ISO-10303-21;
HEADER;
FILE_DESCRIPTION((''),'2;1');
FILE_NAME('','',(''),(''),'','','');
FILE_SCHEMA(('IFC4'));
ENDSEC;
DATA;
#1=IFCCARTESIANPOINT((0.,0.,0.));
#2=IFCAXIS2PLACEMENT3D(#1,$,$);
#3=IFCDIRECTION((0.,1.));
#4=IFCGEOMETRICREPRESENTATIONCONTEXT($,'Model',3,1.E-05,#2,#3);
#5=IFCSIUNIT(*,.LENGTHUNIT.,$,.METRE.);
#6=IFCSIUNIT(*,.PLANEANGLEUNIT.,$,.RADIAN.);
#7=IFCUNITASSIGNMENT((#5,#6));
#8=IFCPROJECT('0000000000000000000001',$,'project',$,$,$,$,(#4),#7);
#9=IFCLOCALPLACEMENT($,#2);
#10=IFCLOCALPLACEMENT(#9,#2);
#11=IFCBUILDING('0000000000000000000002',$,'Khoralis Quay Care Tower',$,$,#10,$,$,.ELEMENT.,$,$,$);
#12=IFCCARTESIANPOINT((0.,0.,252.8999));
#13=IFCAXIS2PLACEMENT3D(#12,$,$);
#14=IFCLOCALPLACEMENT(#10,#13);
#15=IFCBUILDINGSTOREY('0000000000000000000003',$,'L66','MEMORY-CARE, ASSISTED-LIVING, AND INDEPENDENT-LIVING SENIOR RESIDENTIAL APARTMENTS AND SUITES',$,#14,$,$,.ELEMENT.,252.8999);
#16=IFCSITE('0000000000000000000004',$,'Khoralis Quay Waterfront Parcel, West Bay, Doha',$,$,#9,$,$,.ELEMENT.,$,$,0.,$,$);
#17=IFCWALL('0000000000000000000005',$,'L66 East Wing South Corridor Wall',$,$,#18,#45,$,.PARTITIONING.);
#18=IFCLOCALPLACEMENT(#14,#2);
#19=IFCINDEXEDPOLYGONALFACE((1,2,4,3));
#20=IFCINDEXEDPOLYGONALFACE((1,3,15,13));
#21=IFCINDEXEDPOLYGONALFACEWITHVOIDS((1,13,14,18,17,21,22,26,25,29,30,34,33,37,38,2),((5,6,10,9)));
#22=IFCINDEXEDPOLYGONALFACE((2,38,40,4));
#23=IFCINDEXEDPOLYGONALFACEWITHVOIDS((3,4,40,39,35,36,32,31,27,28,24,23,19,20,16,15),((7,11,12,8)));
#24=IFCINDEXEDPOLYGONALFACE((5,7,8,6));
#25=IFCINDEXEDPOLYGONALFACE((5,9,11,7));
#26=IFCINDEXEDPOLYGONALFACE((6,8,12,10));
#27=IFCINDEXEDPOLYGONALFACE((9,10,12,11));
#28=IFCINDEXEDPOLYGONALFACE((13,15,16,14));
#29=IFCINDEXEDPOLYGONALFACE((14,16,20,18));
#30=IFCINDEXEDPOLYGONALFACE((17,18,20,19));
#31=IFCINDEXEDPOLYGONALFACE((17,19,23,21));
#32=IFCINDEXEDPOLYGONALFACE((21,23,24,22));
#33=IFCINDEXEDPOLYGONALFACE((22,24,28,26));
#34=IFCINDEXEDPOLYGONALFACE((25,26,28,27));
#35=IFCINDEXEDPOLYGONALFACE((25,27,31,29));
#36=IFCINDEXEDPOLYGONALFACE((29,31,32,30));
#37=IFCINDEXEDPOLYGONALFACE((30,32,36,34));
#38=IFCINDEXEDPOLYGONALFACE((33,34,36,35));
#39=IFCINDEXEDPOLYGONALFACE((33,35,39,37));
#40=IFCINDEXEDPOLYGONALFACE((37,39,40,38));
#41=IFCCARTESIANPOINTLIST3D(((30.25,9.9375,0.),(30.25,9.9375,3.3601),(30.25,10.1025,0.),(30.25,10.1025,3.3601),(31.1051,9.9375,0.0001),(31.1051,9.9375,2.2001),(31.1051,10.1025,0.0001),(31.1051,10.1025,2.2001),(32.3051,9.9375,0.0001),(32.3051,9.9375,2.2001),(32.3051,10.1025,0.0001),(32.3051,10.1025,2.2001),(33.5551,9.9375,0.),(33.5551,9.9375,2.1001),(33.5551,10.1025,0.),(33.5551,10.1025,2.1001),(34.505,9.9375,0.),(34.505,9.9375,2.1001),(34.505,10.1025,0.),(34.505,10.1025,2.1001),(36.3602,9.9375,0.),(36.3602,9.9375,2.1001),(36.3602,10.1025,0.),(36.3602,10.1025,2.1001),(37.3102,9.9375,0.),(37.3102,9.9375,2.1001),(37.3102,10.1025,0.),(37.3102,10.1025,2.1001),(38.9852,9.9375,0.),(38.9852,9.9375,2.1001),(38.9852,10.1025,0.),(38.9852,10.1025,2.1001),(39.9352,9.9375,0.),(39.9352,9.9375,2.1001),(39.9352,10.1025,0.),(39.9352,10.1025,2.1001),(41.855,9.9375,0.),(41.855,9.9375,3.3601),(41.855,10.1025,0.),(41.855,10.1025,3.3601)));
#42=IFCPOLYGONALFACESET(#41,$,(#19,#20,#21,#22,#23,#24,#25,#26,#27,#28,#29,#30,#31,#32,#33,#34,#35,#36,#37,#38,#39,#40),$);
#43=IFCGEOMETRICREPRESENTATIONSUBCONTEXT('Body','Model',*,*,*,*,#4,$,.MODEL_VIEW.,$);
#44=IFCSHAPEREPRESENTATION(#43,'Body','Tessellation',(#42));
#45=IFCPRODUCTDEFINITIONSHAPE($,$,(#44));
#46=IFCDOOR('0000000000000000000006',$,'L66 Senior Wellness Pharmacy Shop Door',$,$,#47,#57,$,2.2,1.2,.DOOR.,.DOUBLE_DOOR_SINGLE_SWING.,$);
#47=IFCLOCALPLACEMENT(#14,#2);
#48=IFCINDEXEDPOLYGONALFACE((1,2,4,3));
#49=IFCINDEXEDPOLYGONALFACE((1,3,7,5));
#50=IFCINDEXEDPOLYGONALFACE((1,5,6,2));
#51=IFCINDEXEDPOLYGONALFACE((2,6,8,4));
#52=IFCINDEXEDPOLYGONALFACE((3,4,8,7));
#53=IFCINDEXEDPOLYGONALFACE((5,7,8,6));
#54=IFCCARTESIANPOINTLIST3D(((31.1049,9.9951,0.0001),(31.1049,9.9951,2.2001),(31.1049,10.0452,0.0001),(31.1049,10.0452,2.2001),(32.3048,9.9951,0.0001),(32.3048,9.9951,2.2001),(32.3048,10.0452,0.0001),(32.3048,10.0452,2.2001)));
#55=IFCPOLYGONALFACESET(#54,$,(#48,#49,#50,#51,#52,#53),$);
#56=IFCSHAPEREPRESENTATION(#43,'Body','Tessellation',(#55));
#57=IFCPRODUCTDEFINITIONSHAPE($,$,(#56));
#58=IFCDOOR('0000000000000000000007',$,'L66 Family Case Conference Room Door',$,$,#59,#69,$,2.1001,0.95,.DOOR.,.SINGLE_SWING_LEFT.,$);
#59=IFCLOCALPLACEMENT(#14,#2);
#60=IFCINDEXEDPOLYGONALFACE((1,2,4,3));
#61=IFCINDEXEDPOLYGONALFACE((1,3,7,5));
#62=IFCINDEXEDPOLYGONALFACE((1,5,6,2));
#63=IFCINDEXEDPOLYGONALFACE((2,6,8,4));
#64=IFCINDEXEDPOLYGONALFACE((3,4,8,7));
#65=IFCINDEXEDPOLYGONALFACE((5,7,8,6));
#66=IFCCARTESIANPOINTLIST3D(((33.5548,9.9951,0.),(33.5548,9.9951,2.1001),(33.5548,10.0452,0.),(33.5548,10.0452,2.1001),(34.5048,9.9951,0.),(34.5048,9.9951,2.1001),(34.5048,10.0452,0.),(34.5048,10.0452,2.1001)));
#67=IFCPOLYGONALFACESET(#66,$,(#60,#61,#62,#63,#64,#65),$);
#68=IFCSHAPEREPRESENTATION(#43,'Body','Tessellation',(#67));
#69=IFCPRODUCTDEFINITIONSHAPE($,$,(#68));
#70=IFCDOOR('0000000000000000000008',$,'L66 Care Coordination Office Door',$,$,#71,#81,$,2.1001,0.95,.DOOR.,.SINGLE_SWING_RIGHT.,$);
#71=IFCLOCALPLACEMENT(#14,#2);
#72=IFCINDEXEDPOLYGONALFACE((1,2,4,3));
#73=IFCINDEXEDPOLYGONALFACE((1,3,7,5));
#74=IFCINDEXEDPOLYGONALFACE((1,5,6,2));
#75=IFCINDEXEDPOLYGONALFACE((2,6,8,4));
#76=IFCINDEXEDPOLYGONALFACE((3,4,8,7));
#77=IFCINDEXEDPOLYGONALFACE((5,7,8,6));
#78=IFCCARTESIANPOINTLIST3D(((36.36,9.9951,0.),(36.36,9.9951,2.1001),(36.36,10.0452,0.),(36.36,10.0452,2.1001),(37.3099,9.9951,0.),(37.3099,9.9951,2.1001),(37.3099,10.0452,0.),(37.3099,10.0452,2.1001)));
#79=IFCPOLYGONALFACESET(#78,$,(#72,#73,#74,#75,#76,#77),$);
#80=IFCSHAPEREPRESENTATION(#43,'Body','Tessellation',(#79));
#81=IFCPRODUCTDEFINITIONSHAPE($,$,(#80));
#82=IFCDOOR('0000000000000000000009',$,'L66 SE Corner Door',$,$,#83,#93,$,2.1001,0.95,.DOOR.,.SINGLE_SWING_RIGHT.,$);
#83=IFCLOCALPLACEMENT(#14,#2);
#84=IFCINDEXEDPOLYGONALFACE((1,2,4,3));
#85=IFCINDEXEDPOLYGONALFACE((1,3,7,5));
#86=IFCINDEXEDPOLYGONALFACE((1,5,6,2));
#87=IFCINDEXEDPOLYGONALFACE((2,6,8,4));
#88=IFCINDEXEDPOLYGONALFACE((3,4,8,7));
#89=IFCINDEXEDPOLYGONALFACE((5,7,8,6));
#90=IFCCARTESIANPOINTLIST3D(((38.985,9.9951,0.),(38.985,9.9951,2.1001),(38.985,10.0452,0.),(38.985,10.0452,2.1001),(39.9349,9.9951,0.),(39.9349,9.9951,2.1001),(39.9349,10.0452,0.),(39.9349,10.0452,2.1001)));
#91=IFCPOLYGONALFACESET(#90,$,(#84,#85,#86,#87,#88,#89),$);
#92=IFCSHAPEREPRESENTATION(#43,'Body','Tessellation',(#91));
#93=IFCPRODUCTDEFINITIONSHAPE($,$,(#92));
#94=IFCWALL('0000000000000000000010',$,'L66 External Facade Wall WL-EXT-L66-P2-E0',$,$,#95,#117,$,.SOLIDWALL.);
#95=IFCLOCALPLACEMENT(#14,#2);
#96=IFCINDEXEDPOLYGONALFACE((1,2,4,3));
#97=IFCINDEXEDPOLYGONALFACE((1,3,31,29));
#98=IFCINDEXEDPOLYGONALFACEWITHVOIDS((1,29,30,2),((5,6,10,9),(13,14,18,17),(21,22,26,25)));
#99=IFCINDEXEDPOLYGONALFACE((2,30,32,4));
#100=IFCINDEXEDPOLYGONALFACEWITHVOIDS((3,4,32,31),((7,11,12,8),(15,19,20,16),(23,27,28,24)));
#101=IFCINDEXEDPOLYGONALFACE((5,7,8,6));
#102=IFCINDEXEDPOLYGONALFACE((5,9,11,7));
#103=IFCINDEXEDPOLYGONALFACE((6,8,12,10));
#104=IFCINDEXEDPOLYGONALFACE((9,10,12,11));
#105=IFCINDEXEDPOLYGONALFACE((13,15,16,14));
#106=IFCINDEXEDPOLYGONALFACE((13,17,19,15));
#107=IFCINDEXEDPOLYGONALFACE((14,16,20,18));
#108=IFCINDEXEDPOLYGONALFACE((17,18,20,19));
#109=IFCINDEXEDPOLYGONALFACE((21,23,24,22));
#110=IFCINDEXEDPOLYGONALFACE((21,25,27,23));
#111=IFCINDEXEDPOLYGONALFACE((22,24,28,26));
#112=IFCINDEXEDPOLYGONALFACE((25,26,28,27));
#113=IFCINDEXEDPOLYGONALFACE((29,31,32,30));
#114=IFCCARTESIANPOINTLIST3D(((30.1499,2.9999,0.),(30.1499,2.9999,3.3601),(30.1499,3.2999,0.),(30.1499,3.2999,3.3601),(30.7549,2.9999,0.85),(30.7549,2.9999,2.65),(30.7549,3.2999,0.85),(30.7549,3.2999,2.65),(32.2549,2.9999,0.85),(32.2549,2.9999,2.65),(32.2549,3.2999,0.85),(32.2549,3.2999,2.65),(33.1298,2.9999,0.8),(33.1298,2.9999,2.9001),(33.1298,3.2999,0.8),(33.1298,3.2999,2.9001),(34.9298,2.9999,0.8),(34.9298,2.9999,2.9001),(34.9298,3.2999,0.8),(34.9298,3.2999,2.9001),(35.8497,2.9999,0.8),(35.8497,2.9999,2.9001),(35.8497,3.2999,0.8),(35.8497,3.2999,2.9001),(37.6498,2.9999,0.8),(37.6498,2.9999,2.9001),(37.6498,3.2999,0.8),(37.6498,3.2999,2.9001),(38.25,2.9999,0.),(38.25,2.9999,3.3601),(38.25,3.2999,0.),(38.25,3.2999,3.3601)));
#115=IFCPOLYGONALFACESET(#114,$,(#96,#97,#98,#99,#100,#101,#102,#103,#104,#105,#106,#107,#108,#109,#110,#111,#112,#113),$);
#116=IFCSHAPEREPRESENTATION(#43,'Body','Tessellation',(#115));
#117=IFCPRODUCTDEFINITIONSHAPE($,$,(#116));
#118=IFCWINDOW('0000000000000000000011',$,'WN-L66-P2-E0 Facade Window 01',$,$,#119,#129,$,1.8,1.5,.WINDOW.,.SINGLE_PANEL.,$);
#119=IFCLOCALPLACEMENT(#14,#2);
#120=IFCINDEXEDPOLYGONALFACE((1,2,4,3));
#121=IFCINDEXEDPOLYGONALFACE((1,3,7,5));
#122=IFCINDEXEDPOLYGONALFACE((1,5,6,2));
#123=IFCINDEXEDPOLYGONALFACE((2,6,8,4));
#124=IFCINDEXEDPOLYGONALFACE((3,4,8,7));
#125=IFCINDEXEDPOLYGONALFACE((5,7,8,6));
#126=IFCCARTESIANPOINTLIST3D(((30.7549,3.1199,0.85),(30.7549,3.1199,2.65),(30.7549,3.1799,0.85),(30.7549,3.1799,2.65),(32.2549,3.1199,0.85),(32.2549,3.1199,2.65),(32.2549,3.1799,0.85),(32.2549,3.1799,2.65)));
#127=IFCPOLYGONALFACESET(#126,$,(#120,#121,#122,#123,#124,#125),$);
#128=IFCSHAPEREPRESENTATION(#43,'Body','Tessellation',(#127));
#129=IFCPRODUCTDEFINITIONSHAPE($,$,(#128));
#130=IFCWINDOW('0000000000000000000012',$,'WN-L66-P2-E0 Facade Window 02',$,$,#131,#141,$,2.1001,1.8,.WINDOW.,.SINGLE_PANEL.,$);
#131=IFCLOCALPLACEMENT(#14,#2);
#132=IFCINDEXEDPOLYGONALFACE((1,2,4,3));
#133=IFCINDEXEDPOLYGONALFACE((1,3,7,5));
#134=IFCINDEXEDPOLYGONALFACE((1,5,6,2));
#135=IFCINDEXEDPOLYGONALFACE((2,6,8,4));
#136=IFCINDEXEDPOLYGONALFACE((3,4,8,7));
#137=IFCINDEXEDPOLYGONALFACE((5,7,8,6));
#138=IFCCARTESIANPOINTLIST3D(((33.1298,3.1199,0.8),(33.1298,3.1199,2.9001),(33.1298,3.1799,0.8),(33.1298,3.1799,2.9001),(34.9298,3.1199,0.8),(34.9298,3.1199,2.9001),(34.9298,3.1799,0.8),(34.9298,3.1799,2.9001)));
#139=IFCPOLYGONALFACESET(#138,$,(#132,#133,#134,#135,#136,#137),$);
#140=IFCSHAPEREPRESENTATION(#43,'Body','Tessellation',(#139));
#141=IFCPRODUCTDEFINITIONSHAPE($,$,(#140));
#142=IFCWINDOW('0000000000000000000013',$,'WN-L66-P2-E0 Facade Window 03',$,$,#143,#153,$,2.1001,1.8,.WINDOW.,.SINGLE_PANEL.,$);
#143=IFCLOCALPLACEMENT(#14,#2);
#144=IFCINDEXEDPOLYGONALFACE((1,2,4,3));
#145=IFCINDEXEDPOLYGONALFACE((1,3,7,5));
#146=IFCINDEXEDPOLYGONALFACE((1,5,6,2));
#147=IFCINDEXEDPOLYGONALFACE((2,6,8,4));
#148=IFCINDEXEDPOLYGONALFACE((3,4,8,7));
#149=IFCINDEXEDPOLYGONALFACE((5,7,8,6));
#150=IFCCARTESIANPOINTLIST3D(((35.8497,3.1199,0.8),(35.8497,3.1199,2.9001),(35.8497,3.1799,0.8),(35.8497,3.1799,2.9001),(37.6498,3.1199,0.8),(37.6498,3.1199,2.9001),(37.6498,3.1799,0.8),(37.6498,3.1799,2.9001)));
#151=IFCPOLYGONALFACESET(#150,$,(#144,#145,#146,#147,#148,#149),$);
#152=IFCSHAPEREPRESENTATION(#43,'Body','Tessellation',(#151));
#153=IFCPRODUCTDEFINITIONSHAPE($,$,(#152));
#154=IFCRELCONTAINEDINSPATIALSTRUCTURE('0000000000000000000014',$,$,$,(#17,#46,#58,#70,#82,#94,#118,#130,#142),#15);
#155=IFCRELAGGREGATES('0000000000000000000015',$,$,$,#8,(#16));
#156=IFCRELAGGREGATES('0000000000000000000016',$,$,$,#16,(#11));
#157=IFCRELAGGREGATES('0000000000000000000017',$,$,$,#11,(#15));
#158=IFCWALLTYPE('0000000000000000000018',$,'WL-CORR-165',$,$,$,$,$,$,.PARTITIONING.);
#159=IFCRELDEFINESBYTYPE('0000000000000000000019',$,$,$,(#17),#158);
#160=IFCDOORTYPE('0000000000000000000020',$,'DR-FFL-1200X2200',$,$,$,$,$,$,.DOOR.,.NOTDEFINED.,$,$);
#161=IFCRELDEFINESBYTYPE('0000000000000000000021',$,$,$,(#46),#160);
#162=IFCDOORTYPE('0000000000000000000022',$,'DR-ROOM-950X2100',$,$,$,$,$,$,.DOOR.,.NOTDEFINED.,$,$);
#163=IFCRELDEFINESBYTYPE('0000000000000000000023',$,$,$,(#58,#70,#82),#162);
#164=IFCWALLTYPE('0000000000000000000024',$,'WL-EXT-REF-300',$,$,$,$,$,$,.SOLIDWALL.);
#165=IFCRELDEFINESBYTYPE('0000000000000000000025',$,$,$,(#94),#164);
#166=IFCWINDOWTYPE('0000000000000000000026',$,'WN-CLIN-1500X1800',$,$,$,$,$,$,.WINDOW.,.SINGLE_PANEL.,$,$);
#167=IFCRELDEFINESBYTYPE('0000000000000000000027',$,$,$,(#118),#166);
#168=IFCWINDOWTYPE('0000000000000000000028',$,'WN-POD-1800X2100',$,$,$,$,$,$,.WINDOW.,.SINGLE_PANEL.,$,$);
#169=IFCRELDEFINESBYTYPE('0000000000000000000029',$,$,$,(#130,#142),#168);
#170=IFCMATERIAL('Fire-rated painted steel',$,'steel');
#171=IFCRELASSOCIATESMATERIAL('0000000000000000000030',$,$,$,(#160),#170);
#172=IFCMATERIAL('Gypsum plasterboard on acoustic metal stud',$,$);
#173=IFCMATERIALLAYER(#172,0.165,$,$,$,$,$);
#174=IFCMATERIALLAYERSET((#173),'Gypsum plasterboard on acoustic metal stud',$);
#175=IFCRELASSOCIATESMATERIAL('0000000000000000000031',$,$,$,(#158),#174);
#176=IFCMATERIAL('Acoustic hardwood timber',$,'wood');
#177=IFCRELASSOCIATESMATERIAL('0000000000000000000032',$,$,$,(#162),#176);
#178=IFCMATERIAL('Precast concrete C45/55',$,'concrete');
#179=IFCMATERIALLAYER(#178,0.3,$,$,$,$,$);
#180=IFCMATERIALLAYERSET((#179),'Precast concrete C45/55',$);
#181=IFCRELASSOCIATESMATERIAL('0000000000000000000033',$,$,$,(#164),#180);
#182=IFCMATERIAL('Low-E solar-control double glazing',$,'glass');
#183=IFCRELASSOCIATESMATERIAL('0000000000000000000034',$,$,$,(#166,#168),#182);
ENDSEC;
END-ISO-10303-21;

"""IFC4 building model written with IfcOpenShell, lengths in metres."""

from ifc_helpers import new_model, si_unit, direction, frame, frame_2d, origin, place, context, subcontext, project, spatial, rectangle, extrude, source, transform, mapped, material, layer, layer_set, type_object, element, fill, save


model = new_model("IFC4")

# Units and contexts
model_context = context("Model", 3, precision=1e-05, world=origin(), true_north=direction((0.0, 1.0)))
body_context = subcontext(model_context, "Body", "Model", "MODEL_VIEW")
ifc_project = project(units=[si_unit("LENGTHUNIT", "METRE"), si_unit("PLANEANGLEUNIT", "RADIAN")], contexts=[model_context])

# Site, building, storey
site_placement = place(None, origin())
site = spatial("IfcSite", under=ifc_project, at=site_placement, Name="Khoralis Quay Waterfront Parcel, West Bay, Doha", CompositionType="ELEMENT", RefElevation=0.0)
building_placement = place(site_placement, origin())
building = spatial("IfcBuilding", under=site, at=building_placement, Name="Khoralis Quay Care Tower", CompositionType="ELEMENT")
storey_placement = place(building_placement, frame((0.0, 0.0, 252.8999)))
storey = spatial("IfcBuildingStorey", under=building, at=storey_placement, Name="L66", Description="MEMORY-CARE, ASSISTED-LIVING, AND INDEPENDENT-LIVING SENIOR RESIDENTIAL APARTMENTS AND SUITES", CompositionType="ELEMENT", Elevation=252.8999)

# Shared definitions
ifc_material_1 = material(Name="Low-E solar-control double glazing", Category="glass")

# Shared definitions
ifc_material_2 = material(Name="Gypsum plasterboard on acoustic metal stud")
ifc_material_3 = material(Name="Fire-rated painted steel", Category="steel")
door_type_1 = type_object("IfcDoorType", Name="DR-FFL-1200X2200", OperationType="NOTDEFINED", PredefinedType="DOOR", material=ifc_material_3)
shared_shape_1 = source(origin(), body_context, "Body", "SweptSolid", [
    extrude(rectangle(XDim=1.2, YDim=2.2, at=frame_2d((0.6001, 1.1001))), frame((0.0, 0.0249, 0.0), z_axis=(0.0, -1.0, 0.0), x_axis=(1.0, 0.0, 0.0)), (0.0, 0.0, 1.0), 0.05),
])

# Wall, openings, doors
ifc_layer_1 = layer(ifc_material_2, 0.165)
ifc_layer_set_1 = layer_set([ifc_layer_1], Name="Gypsum plasterboard on acoustic metal stud")
wall_type_1 = type_object("IfcWallType", Name="WL-CORR-165", PredefinedType="PARTITIONING", material=ifc_layer_set_1)
wall_1_placement = place(storey_placement, frame((30.25, 10.02, 0.0), z_axis=(0.0, 0.0, 1.0), x_axis=(1.0, 0.0, 0.0)))
wall_1 = element("IfcWall", 1, at=wall_1_placement, inside=storey, type_object=wall_type_1, Name="L66 East Wing South Corridor Wall", PredefinedType="PARTITIONING", context=body_context, shape_type="SweptSolid", body=[
    extrude(rectangle(XDim=11.605, YDim=0.165, at=frame_2d((5.8025, 0.0))), origin(), (0.0, 0.0, 1.0), 3.3601),
])
opening_1_placement = place(wall_1_placement, frame((0.855, 0.0, 0.0)))
opening_1 = element("IfcOpeningElement", 2, at=opening_1_placement, cuts=wall_1, PredefinedType="OPENING", context=body_context, shape_type="SweptSolid", body=[
    extrude(rectangle(XDim=1.2, YDim=2.2, at=frame_2d((0.6001, 1.1001))), frame((0.0, 0.0925, 0.0), z_axis=(0.0, -1.0, 0.0), x_axis=(1.0, 0.0, 0.0)), (0.0, 0.0, 1.0), 0.1851),
])
opening_2_placement = place(wall_1_placement, frame((3.3049, 0.0, 0.0)))
opening_2 = element("IfcOpeningElement", 3, at=opening_2_placement, cuts=wall_1, PredefinedType="OPENING", context=body_context, shape_type="SweptSolid", body=[
    extrude(rectangle(XDim=0.95, YDim=2.1001, at=frame_2d((0.4751, 1.05))), frame((0.0, 0.0925, 0.0), z_axis=(0.0, -1.0, 0.0), x_axis=(1.0, 0.0, 0.0)), (0.0, 0.0, 1.0), 0.1851),
])
opening_3_placement = place(wall_1_placement, frame((6.1101, 0.0, 0.0)))
opening_3 = element("IfcOpeningElement", 4, at=opening_3_placement, cuts=wall_1, PredefinedType="OPENING", context=body_context, shape_type="SweptSolid", body=[
    extrude(rectangle(XDim=0.95, YDim=2.1001, at=frame_2d((0.4751, 1.05))), frame((0.0, 0.0925, 0.0), z_axis=(0.0, -1.0, 0.0), x_axis=(1.0, 0.0, 0.0)), (0.0, 0.0, 1.0), 0.1851),
])
opening_4_placement = place(wall_1_placement, frame((8.7351, 0.0, 0.0)))
opening_4 = element("IfcOpeningElement", 5, at=opening_4_placement, cuts=wall_1, PredefinedType="OPENING", context=body_context, shape_type="SweptSolid", body=[
    extrude(rectangle(XDim=0.95, YDim=2.1001, at=frame_2d((0.4751, 1.05))), frame((0.0, 0.0925, 0.0), z_axis=(0.0, -1.0, 0.0), x_axis=(1.0, 0.0, 0.0)), (0.0, 0.0, 1.0), 0.1851),
])
door_1_placement = place(opening_1_placement, frame((1.2, 0.0, 0.0), z_axis=(0.0, 0.0, 1.0), x_axis=(-1.0, 0.0, 0.0)))
door_1 = element("IfcDoor", 6, at=door_1_placement, inside=storey, type_object=door_type_1, Name="L66 Senior Wellness Pharmacy Shop Door", OperationType="DOUBLE_DOOR_SINGLE_SWING", OverallHeight=2.2, OverallWidth=1.2, PredefinedType="DOOR", context=body_context, shape_type="MappedRepresentation", body=[
    mapped(shared_shape_1, transform((0.0, 0.0, 0.0), scale=1.0)),
])
fill(opening_1, door_1)
ifc_material_4 = material(Name="Acoustic hardwood timber", Category="wood")
door_type_2 = type_object("IfcDoorType", Name="DR-ROOM-950X2100", OperationType="NOTDEFINED", PredefinedType="DOOR", material=ifc_material_4)
shared_shape_2 = source(origin(), body_context, "Body", "SweptSolid", [
    extrude(rectangle(XDim=0.95, YDim=2.1001, at=frame_2d((0.4751, 1.05))), frame((0.0, 0.0249, 0.0), z_axis=(0.0, -1.0, 0.0), x_axis=(1.0, 0.0, 0.0)), (0.0, 0.0, 1.0), 0.05),
])
door_2_placement = place(opening_2_placement, frame((0.95, 0.0, 0.0), z_axis=(0.0, 0.0, 1.0), x_axis=(-1.0, 0.0, 0.0)))
door_2 = element("IfcDoor", 7, at=door_2_placement, inside=storey, type_object=door_type_2, Name="L66 Family Case Conference Room Door", OperationType="SINGLE_SWING_LEFT", OverallHeight=2.1001, OverallWidth=0.95, PredefinedType="DOOR", context=body_context, shape_type="MappedRepresentation", body=[
    mapped(shared_shape_2, transform((0.0, 0.0, 0.0), scale=1.0)),
])
fill(opening_2, door_2)
door_3_placement = place(opening_3_placement, frame((0.95, 0.0, 0.0), z_axis=(0.0, 0.0, 1.0), x_axis=(-1.0, 0.0, 0.0)))
door_3 = element("IfcDoor", 8, at=door_3_placement, inside=storey, type_object=door_type_2, Name="L66 Care Coordination Office Door", OperationType="SINGLE_SWING_RIGHT", OverallHeight=2.1001, OverallWidth=0.95, PredefinedType="DOOR", context=body_context, shape_type="MappedRepresentation", body=[
    mapped(shared_shape_2, transform((0.0, 0.0, 0.0), scale=1.0)),
])
fill(opening_3, door_3)
door_4_placement = place(opening_4_placement, frame((0.95, 0.0, 0.0), z_axis=(0.0, 0.0, 1.0), x_axis=(-1.0, 0.0, 0.0)))
door_4 = element("IfcDoor", 9, at=door_4_placement, inside=storey, type_object=door_type_2, Name="L66 SE Corner Door", OperationType="SINGLE_SWING_RIGHT", OverallHeight=2.1001, OverallWidth=0.95, PredefinedType="DOOR", context=body_context, shape_type="MappedRepresentation", body=[
    mapped(shared_shape_2, transform((0.0, 0.0, 0.0), scale=1.0)),
])
fill(opening_4, door_4)

# Wall, openings, windows
ifc_material_5 = material(Name="Precast concrete C45/55", Category="concrete")
ifc_layer_2 = layer(ifc_material_5, 0.3)
ifc_layer_set_2 = layer_set([ifc_layer_2], Name="Precast concrete C45/55")
wall_type_2 = type_object("IfcWallType", Name="WL-EXT-REF-300", PredefinedType="SOLIDWALL", material=ifc_layer_set_2)
wall_2_placement = place(storey_placement, frame((30.1499, 3.1499, 0.0), z_axis=(0.0, 0.0, 1.0), x_axis=(1.0, 0.0, 0.0)))
wall_2 = element("IfcWall", 10, at=wall_2_placement, inside=storey, type_object=wall_type_2, Name="L66 External Facade Wall WL-EXT-L66-P2-E0", PredefinedType="SOLIDWALL", context=body_context, shape_type="SweptSolid", body=[
    extrude(rectangle(XDim=8.1001, YDim=0.3, at=frame_2d((4.05, 0.0))), origin(), (0.0, 0.0, 1.0), 3.3601),
])
opening_5_placement = place(wall_2_placement, frame((0.605, 0.0, 0.8501)))
opening_5 = element("IfcOpeningElement", 11, at=opening_5_placement, cuts=wall_2, PredefinedType="OPENING", context=body_context, shape_type="SweptSolid", body=[
    extrude(rectangle(XDim=1.5, YDim=1.8, at=frame_2d((0.75, 0.8999))), frame((0.0, 0.1602, 0.0), z_axis=(0.0, -1.0, 0.0), x_axis=(1.0, 0.0, 0.0)), (0.0, 0.0, 1.0), 0.3201),
])
opening_6_placement = place(wall_2_placement, frame((2.98, 0.0, 0.8)))
opening_6 = element("IfcOpeningElement", 12, at=opening_6_placement, cuts=wall_2, PredefinedType="OPENING", context=body_context, shape_type="SweptSolid", body=[
    extrude(rectangle(XDim=1.8, YDim=2.1001, at=frame_2d((0.8999, 1.05))), frame((0.0, 0.1602, 0.0), z_axis=(0.0, -1.0, 0.0), x_axis=(1.0, 0.0, 0.0)), (0.0, 0.0, 1.0), 0.3201),
])
opening_7_placement = place(wall_2_placement, frame((5.7, 0.0, 0.8)))
opening_7 = element("IfcOpeningElement", 13, at=opening_7_placement, cuts=wall_2, PredefinedType="OPENING", context=body_context, shape_type="SweptSolid", body=[
    extrude(rectangle(XDim=1.8, YDim=2.1001, at=frame_2d((0.8999, 1.05))), frame((0.0, 0.1602, 0.0), z_axis=(0.0, -1.0, 0.0), x_axis=(1.0, 0.0, 0.0)), (0.0, 0.0, 1.0), 0.3201),
])
window_type_1 = type_object("IfcWindowType", Name="WN-CLIN-1500X1800", PartitioningType="SINGLE_PANEL", PredefinedType="WINDOW", material=ifc_material_1)
shared_shape_3 = source(origin(), body_context, "Body", "SweptSolid", [
    extrude(rectangle(XDim=1.5, YDim=1.8, at=frame_2d((0.75, 0.8999))), frame((0.0, 0.03, 0.0), z_axis=(0.0, -1.0, 0.0), x_axis=(1.0, 0.0, 0.0)), (0.0, 0.0, 1.0), 0.0601),
])
window_1_placement = place(opening_5_placement, origin())
window_1 = element("IfcWindow", 14, at=window_1_placement, inside=storey, type_object=window_type_1, Name="WN-L66-P2-E0 Facade Window 01", OverallHeight=1.8, OverallWidth=1.5, PartitioningType="SINGLE_PANEL", PredefinedType="WINDOW", context=body_context, shape_type="MappedRepresentation", body=[
    mapped(shared_shape_3, transform((0.0, 0.0, 0.0), scale=1.0)),
])
fill(opening_5, window_1)
window_type_2 = type_object("IfcWindowType", Name="WN-POD-1800X2100", PartitioningType="SINGLE_PANEL", PredefinedType="WINDOW", material=ifc_material_1)
shared_shape_4 = source(origin(), body_context, "Body", "SweptSolid", [
    extrude(rectangle(XDim=1.8, YDim=2.1001, at=frame_2d((0.8999, 1.05))), frame((0.0, 0.03, 0.0), z_axis=(0.0, -1.0, 0.0), x_axis=(1.0, 0.0, 0.0)), (0.0, 0.0, 1.0), 0.0601),
])
window_2_placement = place(opening_6_placement, origin())
window_2 = element("IfcWindow", 15, at=window_2_placement, inside=storey, type_object=window_type_2, Name="WN-L66-P2-E0 Facade Window 02", OverallHeight=2.1001, OverallWidth=1.8, PartitioningType="SINGLE_PANEL", PredefinedType="WINDOW", context=body_context, shape_type="MappedRepresentation", body=[
    mapped(shared_shape_4, transform((0.0, 0.0, 0.0), scale=1.0)),
])
fill(opening_6, window_2)
window_3_placement = place(opening_7_placement, origin())
window_3 = element("IfcWindow", 16, at=window_3_placement, inside=storey, type_object=window_type_2, Name="WN-L66-P2-E0 Facade Window 03", OverallHeight=2.1001, OverallWidth=1.8, PartitioningType="SINGLE_PANEL", PredefinedType="WINDOW", context=body_context, shape_type="MappedRepresentation", body=[
    mapped(shared_shape_4, transform((0.0, 0.0, 0.0), scale=1.0)),
])
fill(opening_7, window_3)

save(model, "model.ifc")
